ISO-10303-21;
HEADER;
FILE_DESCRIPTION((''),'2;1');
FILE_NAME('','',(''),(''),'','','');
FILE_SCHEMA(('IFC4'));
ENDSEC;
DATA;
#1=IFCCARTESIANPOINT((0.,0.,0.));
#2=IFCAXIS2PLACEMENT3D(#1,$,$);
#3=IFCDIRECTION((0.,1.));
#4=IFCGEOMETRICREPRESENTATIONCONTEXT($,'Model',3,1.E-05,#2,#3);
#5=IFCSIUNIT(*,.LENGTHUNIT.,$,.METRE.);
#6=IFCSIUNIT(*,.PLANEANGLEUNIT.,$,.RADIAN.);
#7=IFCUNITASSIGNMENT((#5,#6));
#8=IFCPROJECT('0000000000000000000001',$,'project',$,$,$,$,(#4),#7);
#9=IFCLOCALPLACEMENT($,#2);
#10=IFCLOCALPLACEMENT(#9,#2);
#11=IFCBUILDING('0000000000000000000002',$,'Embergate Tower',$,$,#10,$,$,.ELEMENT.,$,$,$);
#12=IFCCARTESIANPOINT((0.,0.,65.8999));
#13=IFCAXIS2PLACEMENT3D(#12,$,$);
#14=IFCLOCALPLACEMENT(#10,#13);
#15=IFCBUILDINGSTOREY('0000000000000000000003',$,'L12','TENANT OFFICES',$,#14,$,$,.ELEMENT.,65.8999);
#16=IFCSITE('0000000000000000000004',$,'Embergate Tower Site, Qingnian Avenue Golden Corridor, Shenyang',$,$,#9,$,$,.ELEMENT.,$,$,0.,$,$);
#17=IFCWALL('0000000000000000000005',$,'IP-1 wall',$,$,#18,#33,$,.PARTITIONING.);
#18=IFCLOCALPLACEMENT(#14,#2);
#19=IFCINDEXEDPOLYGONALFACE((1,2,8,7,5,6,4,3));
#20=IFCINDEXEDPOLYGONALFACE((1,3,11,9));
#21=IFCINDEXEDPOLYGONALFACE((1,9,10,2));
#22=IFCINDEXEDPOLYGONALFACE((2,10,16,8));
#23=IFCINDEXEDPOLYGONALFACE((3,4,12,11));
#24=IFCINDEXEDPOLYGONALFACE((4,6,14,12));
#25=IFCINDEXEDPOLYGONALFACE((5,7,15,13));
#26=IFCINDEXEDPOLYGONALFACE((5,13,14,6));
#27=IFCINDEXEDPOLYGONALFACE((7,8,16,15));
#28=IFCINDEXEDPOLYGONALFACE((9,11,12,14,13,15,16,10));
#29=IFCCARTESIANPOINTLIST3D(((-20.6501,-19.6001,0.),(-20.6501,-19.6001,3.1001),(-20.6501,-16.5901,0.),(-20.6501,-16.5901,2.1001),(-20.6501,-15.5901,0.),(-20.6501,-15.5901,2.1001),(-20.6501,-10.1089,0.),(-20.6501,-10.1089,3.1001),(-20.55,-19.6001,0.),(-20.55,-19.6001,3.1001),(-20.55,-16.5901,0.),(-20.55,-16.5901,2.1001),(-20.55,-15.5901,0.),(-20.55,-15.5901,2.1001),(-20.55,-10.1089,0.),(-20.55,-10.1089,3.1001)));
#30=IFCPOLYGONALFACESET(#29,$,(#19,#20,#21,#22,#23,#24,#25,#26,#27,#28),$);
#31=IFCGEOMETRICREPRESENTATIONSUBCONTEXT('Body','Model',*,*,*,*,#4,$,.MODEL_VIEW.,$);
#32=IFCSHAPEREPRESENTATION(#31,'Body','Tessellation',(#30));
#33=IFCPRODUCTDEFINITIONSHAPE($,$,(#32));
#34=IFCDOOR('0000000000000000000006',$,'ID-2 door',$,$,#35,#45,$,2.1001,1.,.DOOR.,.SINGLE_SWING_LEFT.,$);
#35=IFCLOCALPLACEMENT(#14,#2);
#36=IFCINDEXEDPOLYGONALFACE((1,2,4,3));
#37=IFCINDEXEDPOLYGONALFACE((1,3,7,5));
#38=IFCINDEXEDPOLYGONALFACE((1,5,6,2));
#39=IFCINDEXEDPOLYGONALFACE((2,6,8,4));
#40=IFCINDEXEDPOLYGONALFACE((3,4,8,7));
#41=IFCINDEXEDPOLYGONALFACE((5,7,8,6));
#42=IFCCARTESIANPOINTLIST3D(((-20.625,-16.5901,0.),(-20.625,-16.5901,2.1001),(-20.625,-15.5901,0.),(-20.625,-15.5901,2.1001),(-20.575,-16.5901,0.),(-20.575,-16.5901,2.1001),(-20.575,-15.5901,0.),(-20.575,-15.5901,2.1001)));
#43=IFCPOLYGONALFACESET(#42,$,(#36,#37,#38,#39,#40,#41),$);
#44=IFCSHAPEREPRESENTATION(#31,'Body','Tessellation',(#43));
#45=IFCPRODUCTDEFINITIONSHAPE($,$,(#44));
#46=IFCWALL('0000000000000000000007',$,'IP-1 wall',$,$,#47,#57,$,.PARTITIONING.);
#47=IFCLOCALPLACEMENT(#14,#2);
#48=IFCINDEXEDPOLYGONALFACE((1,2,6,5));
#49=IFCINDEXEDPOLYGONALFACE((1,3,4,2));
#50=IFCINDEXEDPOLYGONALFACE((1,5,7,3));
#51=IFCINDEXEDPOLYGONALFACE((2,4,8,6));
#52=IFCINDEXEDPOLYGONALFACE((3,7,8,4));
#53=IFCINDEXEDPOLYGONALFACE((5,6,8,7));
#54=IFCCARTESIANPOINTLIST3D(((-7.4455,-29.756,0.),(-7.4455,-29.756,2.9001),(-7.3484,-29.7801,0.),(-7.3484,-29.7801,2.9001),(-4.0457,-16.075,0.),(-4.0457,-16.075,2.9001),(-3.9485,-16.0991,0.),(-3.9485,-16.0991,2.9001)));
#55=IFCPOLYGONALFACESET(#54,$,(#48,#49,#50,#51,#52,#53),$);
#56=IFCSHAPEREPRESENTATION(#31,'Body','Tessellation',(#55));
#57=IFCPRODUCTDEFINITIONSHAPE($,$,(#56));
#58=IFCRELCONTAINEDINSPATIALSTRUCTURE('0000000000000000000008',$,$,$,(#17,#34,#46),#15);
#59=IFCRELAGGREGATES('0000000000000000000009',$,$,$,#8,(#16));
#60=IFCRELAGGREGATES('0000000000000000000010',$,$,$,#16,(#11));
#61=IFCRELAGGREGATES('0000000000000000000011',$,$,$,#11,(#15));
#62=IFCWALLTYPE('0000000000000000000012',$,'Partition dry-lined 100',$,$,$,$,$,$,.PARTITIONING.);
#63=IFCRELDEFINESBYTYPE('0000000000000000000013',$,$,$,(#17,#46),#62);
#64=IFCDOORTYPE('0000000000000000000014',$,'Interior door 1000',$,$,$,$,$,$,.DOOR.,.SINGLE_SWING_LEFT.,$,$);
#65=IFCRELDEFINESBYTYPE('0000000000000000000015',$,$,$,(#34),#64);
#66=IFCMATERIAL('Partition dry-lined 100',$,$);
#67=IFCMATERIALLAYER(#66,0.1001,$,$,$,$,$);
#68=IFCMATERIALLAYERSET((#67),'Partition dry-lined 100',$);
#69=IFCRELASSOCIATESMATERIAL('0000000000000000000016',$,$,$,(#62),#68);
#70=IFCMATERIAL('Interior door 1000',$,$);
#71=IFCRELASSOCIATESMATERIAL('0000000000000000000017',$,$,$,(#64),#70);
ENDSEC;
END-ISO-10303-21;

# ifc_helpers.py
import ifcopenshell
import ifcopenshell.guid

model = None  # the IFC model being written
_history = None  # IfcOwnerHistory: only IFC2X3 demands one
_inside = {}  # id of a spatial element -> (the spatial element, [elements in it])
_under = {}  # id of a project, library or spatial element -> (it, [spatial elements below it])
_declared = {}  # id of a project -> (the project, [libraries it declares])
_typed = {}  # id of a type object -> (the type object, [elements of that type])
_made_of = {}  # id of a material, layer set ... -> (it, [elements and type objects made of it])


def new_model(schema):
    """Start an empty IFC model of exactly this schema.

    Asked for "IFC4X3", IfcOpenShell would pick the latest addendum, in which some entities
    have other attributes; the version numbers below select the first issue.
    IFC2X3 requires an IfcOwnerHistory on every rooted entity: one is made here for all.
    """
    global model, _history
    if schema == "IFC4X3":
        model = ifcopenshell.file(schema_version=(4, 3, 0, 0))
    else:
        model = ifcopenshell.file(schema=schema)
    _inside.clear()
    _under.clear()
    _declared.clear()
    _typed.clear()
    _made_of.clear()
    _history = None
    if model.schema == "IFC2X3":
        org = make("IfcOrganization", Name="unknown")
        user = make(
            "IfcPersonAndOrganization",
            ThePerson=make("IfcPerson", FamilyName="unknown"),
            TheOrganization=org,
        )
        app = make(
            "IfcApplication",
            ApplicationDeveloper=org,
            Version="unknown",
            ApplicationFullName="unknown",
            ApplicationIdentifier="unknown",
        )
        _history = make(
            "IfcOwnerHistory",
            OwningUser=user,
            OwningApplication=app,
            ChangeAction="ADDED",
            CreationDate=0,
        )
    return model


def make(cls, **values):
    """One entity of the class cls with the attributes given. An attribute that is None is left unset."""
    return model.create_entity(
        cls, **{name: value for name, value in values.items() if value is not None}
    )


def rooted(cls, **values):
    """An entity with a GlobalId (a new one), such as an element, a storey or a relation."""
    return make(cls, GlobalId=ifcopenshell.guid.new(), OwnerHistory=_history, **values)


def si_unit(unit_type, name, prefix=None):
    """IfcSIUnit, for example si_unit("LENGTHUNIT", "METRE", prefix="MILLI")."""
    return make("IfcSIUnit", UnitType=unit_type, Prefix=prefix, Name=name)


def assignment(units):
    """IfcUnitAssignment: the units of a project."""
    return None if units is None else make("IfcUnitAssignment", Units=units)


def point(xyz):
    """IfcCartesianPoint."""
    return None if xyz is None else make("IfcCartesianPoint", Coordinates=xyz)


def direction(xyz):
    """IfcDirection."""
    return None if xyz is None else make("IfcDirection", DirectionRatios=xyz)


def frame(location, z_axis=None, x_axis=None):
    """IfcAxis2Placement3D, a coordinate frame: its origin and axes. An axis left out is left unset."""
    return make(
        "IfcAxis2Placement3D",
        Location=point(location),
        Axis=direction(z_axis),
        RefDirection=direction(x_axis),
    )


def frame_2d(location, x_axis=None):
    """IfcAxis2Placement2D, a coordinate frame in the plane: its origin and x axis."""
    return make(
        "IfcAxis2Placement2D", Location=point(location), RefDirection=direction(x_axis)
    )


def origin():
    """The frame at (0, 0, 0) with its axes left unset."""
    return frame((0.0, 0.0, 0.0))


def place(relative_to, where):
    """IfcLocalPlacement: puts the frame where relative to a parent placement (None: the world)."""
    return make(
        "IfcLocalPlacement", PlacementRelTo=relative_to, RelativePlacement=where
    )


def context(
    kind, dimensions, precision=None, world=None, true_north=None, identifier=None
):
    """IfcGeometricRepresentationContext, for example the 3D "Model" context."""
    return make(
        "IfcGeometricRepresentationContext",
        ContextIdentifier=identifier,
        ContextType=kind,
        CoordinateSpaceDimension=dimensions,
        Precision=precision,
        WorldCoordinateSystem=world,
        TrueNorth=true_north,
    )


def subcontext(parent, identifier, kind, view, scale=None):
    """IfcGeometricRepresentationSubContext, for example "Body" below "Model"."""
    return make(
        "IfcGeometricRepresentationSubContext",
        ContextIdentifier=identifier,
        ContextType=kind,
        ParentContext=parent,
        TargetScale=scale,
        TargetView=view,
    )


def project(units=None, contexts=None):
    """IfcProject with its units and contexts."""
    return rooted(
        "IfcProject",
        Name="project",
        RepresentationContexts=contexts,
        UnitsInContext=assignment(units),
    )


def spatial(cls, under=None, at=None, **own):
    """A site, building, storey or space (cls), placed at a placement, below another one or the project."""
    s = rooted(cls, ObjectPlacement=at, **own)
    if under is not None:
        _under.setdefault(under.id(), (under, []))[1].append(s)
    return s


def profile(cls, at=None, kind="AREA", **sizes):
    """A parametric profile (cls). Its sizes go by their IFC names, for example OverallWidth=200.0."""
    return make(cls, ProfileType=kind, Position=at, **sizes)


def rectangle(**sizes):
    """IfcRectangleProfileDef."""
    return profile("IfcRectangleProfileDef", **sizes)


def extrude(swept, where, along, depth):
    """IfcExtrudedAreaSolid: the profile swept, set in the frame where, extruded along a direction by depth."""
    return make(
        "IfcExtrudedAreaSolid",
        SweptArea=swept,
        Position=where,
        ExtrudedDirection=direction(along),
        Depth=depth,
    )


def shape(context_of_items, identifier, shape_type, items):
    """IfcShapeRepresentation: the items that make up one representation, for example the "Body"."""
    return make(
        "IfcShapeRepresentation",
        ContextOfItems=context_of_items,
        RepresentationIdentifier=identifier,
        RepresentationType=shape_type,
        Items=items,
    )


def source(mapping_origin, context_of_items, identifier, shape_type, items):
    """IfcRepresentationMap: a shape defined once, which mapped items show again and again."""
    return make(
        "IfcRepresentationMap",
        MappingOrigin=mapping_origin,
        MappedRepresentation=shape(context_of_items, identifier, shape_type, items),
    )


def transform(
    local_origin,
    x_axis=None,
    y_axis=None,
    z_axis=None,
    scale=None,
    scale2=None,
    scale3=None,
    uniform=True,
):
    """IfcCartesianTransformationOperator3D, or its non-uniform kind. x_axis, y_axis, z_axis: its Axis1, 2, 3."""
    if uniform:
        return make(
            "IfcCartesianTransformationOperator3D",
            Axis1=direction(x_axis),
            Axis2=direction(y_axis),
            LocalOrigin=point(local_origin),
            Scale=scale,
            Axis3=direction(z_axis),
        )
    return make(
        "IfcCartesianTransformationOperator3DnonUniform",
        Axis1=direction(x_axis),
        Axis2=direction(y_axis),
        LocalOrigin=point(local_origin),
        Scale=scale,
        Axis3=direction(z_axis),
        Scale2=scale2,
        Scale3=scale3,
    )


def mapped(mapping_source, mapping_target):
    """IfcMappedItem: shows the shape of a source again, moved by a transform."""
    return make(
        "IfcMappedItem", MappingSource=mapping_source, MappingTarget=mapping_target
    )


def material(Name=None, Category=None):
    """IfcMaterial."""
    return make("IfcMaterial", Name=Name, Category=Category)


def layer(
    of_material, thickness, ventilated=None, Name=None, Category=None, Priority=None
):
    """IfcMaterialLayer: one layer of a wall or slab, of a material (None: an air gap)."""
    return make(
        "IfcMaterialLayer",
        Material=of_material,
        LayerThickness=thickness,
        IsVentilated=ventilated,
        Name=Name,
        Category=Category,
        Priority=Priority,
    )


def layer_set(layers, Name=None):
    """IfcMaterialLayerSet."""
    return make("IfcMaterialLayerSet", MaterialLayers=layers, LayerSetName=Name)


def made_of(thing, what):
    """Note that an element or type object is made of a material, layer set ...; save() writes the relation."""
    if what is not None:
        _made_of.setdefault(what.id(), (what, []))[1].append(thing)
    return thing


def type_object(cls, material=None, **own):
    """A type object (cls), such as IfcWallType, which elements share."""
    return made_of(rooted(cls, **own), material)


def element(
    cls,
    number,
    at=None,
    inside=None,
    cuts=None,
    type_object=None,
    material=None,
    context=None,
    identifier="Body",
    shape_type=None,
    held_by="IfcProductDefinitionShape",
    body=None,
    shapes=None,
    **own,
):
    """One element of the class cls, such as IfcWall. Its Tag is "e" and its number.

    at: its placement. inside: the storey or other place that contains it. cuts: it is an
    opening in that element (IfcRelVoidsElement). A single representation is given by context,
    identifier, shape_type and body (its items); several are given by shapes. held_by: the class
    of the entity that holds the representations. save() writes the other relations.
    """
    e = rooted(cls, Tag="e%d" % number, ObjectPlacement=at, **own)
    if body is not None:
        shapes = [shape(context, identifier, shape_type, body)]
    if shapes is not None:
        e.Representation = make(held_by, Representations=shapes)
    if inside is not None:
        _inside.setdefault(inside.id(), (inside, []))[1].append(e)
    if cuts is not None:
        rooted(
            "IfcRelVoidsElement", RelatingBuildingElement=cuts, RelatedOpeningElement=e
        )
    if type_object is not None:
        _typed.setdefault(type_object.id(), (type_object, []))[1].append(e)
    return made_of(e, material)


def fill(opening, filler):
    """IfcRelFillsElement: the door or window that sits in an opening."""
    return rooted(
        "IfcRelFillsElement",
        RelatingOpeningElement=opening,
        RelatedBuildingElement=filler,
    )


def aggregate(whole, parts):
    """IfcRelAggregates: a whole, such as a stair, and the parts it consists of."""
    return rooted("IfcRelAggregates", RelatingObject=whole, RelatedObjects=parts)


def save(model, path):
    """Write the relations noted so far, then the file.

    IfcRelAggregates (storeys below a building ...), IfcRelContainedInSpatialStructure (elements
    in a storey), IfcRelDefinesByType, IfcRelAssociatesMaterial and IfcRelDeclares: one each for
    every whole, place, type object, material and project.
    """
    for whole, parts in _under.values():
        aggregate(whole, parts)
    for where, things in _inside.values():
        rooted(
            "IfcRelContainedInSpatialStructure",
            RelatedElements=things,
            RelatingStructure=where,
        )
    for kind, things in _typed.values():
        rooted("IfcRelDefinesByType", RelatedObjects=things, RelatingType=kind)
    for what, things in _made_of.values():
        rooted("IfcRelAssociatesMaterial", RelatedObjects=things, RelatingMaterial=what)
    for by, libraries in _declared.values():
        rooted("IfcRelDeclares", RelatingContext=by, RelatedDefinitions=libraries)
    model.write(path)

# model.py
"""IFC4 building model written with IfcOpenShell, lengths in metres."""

from ifc_helpers import new_model, si_unit, direction, frame, frame_2d, origin, place, context, subcontext, project, spatial, rectangle, extrude, source, transform, mapped, material, layer, layer_set, type_object, element, fill, save


model = new_model("IFC4")

# Units and contexts
model_context = context("Model", 3, precision=1e-05, world=origin(), true_north=direction((0.0, 1.0)))
body_context = subcontext(model_context, "Body", "Model", "MODEL_VIEW")
ifc_project = project(units=[si_unit("LENGTHUNIT", "METRE"), si_unit("PLANEANGLEUNIT", "RADIAN")], contexts=[model_context])

# Site, building, storey
site_placement = place(None, origin())
site = spatial("IfcSite", under=ifc_project, at=site_placement, Name="Embergate Tower Site, Qingnian Avenue Golden Corridor, Shenyang", CompositionType="ELEMENT", RefElevation=0.0)
building_placement = place(site_placement, origin())
building = spatial("IfcBuilding", under=site, at=building_placement, Name="Embergate Tower", CompositionType="ELEMENT")
storey_placement = place(building_placement, frame((0.0, 0.0, 65.8999)))
storey = spatial("IfcBuildingStorey", under=building, at=storey_placement, Name="L12", Description="TENANT OFFICES", CompositionType="ELEMENT", Elevation=65.8999)

# Shared definitions
ifc_material_1 = material(Name="Partition dry-lined 100")
ifc_layer_1 = layer(ifc_material_1, 0.1001)
ifc_layer_set_1 = layer_set([ifc_layer_1], Name="Partition dry-lined 100")
wall_type = type_object("IfcWallType", Name="Partition dry-lined 100", PredefinedType="PARTITIONING", material=ifc_layer_set_1)

# Wall, opening, door
shared_shape_1 = source(origin(), body_context, "Body", "SweptSolid", [
    extrude(rectangle(XDim=9.4912, YDim=0.1001, at=frame_2d((4.7456, 0.0))), origin(), (0.0, 0.0, 1.0), 3.1001),
])
wall_1_placement = place(storey_placement, frame((-20.6001, -19.6001, 0.0), z_axis=(0.0, 0.0, 1.0), x_axis=(0.0, 1.0, 0.0)))
wall_1 = element("IfcWall", 1, at=wall_1_placement, inside=storey, type_object=wall_type, Name="IP-1 wall", PredefinedType="PARTITIONING", context=body_context, shape_type="MappedRepresentation", body=[
    mapped(shared_shape_1, transform((0.0, 0.0, 0.0))),
])
shared_shape_2 = source(origin(), body_context, "Body", "SweptSolid", [
    extrude(rectangle(XDim=1.0, YDim=2.1001, at=frame_2d((0.5, 1.05))), frame((0.0, 0.0601, 0.0), z_axis=(0.0, -1.0, 0.0), x_axis=(1.0, 0.0, 0.0)), (0.0, 0.0, 1.0), 0.1201),
])
opening_placement = place(wall_1_placement, frame((3.01, 0.0, 0.0)))
opening = element("IfcOpeningElement", 2, at=opening_placement, cuts=wall_1, PredefinedType="OPENING", context=body_context, shape_type="MappedRepresentation", body=[
    mapped(shared_shape_2, transform((0.0, 0.0, 0.0))),
])
ifc_material_2 = material(Name="Interior door 1000")
door_type = type_object("IfcDoorType", Name="Interior door 1000", OperationType="SINGLE_SWING_LEFT", PredefinedType="DOOR", material=ifc_material_2)
shared_shape_3 = source(origin(), body_context, "Body", "SweptSolid", [
    extrude(rectangle(XDim=1.0, YDim=2.1001, at=frame_2d((0.5, 1.05))), frame((0.0, 0.0249, 0.0), z_axis=(0.0, -1.0, 0.0), x_axis=(1.0, 0.0, 0.0)), (0.0, 0.0, 1.0), 0.05),
])
door_placement = place(opening_placement, origin())
door = element("IfcDoor", 3, at=door_placement, inside=storey, type_object=door_type, Name="ID-2 door", OperationType="SINGLE_SWING_LEFT", OverallHeight=2.1001, OverallWidth=1.0, PredefinedType="DOOR", context=body_context, shape_type="MappedRepresentation", body=[
    mapped(shared_shape_3, transform((0.0, 0.0, 0.0))),
])
fill(opening, door)

# Wall
shared_shape_4 = source(origin(), body_context, "Body", "SweptSolid", [
    extrude(rectangle(XDim=14.0972, YDim=0.1001, at=frame_2d((7.0486, 0.0))), origin(), (0.0, 0.0, 1.0), 2.9001),
])
wall_2_placement = place(storey_placement, frame((-7.397, -29.7681, 0.0), z_axis=(0.0, 0.0, 1.0), x_axis=(0.241174, 0.970482, 0.0)))
element("IfcWall", 4, at=wall_2_placement, inside=storey, type_object=wall_type, Name="IP-1 wall", PredefinedType="PARTITIONING", context=body_context, shape_type="MappedRepresentation", body=[
    mapped(shared_shape_4, transform((0.0, 0.0, 0.0))),
])

save(model, "model.ifc")
